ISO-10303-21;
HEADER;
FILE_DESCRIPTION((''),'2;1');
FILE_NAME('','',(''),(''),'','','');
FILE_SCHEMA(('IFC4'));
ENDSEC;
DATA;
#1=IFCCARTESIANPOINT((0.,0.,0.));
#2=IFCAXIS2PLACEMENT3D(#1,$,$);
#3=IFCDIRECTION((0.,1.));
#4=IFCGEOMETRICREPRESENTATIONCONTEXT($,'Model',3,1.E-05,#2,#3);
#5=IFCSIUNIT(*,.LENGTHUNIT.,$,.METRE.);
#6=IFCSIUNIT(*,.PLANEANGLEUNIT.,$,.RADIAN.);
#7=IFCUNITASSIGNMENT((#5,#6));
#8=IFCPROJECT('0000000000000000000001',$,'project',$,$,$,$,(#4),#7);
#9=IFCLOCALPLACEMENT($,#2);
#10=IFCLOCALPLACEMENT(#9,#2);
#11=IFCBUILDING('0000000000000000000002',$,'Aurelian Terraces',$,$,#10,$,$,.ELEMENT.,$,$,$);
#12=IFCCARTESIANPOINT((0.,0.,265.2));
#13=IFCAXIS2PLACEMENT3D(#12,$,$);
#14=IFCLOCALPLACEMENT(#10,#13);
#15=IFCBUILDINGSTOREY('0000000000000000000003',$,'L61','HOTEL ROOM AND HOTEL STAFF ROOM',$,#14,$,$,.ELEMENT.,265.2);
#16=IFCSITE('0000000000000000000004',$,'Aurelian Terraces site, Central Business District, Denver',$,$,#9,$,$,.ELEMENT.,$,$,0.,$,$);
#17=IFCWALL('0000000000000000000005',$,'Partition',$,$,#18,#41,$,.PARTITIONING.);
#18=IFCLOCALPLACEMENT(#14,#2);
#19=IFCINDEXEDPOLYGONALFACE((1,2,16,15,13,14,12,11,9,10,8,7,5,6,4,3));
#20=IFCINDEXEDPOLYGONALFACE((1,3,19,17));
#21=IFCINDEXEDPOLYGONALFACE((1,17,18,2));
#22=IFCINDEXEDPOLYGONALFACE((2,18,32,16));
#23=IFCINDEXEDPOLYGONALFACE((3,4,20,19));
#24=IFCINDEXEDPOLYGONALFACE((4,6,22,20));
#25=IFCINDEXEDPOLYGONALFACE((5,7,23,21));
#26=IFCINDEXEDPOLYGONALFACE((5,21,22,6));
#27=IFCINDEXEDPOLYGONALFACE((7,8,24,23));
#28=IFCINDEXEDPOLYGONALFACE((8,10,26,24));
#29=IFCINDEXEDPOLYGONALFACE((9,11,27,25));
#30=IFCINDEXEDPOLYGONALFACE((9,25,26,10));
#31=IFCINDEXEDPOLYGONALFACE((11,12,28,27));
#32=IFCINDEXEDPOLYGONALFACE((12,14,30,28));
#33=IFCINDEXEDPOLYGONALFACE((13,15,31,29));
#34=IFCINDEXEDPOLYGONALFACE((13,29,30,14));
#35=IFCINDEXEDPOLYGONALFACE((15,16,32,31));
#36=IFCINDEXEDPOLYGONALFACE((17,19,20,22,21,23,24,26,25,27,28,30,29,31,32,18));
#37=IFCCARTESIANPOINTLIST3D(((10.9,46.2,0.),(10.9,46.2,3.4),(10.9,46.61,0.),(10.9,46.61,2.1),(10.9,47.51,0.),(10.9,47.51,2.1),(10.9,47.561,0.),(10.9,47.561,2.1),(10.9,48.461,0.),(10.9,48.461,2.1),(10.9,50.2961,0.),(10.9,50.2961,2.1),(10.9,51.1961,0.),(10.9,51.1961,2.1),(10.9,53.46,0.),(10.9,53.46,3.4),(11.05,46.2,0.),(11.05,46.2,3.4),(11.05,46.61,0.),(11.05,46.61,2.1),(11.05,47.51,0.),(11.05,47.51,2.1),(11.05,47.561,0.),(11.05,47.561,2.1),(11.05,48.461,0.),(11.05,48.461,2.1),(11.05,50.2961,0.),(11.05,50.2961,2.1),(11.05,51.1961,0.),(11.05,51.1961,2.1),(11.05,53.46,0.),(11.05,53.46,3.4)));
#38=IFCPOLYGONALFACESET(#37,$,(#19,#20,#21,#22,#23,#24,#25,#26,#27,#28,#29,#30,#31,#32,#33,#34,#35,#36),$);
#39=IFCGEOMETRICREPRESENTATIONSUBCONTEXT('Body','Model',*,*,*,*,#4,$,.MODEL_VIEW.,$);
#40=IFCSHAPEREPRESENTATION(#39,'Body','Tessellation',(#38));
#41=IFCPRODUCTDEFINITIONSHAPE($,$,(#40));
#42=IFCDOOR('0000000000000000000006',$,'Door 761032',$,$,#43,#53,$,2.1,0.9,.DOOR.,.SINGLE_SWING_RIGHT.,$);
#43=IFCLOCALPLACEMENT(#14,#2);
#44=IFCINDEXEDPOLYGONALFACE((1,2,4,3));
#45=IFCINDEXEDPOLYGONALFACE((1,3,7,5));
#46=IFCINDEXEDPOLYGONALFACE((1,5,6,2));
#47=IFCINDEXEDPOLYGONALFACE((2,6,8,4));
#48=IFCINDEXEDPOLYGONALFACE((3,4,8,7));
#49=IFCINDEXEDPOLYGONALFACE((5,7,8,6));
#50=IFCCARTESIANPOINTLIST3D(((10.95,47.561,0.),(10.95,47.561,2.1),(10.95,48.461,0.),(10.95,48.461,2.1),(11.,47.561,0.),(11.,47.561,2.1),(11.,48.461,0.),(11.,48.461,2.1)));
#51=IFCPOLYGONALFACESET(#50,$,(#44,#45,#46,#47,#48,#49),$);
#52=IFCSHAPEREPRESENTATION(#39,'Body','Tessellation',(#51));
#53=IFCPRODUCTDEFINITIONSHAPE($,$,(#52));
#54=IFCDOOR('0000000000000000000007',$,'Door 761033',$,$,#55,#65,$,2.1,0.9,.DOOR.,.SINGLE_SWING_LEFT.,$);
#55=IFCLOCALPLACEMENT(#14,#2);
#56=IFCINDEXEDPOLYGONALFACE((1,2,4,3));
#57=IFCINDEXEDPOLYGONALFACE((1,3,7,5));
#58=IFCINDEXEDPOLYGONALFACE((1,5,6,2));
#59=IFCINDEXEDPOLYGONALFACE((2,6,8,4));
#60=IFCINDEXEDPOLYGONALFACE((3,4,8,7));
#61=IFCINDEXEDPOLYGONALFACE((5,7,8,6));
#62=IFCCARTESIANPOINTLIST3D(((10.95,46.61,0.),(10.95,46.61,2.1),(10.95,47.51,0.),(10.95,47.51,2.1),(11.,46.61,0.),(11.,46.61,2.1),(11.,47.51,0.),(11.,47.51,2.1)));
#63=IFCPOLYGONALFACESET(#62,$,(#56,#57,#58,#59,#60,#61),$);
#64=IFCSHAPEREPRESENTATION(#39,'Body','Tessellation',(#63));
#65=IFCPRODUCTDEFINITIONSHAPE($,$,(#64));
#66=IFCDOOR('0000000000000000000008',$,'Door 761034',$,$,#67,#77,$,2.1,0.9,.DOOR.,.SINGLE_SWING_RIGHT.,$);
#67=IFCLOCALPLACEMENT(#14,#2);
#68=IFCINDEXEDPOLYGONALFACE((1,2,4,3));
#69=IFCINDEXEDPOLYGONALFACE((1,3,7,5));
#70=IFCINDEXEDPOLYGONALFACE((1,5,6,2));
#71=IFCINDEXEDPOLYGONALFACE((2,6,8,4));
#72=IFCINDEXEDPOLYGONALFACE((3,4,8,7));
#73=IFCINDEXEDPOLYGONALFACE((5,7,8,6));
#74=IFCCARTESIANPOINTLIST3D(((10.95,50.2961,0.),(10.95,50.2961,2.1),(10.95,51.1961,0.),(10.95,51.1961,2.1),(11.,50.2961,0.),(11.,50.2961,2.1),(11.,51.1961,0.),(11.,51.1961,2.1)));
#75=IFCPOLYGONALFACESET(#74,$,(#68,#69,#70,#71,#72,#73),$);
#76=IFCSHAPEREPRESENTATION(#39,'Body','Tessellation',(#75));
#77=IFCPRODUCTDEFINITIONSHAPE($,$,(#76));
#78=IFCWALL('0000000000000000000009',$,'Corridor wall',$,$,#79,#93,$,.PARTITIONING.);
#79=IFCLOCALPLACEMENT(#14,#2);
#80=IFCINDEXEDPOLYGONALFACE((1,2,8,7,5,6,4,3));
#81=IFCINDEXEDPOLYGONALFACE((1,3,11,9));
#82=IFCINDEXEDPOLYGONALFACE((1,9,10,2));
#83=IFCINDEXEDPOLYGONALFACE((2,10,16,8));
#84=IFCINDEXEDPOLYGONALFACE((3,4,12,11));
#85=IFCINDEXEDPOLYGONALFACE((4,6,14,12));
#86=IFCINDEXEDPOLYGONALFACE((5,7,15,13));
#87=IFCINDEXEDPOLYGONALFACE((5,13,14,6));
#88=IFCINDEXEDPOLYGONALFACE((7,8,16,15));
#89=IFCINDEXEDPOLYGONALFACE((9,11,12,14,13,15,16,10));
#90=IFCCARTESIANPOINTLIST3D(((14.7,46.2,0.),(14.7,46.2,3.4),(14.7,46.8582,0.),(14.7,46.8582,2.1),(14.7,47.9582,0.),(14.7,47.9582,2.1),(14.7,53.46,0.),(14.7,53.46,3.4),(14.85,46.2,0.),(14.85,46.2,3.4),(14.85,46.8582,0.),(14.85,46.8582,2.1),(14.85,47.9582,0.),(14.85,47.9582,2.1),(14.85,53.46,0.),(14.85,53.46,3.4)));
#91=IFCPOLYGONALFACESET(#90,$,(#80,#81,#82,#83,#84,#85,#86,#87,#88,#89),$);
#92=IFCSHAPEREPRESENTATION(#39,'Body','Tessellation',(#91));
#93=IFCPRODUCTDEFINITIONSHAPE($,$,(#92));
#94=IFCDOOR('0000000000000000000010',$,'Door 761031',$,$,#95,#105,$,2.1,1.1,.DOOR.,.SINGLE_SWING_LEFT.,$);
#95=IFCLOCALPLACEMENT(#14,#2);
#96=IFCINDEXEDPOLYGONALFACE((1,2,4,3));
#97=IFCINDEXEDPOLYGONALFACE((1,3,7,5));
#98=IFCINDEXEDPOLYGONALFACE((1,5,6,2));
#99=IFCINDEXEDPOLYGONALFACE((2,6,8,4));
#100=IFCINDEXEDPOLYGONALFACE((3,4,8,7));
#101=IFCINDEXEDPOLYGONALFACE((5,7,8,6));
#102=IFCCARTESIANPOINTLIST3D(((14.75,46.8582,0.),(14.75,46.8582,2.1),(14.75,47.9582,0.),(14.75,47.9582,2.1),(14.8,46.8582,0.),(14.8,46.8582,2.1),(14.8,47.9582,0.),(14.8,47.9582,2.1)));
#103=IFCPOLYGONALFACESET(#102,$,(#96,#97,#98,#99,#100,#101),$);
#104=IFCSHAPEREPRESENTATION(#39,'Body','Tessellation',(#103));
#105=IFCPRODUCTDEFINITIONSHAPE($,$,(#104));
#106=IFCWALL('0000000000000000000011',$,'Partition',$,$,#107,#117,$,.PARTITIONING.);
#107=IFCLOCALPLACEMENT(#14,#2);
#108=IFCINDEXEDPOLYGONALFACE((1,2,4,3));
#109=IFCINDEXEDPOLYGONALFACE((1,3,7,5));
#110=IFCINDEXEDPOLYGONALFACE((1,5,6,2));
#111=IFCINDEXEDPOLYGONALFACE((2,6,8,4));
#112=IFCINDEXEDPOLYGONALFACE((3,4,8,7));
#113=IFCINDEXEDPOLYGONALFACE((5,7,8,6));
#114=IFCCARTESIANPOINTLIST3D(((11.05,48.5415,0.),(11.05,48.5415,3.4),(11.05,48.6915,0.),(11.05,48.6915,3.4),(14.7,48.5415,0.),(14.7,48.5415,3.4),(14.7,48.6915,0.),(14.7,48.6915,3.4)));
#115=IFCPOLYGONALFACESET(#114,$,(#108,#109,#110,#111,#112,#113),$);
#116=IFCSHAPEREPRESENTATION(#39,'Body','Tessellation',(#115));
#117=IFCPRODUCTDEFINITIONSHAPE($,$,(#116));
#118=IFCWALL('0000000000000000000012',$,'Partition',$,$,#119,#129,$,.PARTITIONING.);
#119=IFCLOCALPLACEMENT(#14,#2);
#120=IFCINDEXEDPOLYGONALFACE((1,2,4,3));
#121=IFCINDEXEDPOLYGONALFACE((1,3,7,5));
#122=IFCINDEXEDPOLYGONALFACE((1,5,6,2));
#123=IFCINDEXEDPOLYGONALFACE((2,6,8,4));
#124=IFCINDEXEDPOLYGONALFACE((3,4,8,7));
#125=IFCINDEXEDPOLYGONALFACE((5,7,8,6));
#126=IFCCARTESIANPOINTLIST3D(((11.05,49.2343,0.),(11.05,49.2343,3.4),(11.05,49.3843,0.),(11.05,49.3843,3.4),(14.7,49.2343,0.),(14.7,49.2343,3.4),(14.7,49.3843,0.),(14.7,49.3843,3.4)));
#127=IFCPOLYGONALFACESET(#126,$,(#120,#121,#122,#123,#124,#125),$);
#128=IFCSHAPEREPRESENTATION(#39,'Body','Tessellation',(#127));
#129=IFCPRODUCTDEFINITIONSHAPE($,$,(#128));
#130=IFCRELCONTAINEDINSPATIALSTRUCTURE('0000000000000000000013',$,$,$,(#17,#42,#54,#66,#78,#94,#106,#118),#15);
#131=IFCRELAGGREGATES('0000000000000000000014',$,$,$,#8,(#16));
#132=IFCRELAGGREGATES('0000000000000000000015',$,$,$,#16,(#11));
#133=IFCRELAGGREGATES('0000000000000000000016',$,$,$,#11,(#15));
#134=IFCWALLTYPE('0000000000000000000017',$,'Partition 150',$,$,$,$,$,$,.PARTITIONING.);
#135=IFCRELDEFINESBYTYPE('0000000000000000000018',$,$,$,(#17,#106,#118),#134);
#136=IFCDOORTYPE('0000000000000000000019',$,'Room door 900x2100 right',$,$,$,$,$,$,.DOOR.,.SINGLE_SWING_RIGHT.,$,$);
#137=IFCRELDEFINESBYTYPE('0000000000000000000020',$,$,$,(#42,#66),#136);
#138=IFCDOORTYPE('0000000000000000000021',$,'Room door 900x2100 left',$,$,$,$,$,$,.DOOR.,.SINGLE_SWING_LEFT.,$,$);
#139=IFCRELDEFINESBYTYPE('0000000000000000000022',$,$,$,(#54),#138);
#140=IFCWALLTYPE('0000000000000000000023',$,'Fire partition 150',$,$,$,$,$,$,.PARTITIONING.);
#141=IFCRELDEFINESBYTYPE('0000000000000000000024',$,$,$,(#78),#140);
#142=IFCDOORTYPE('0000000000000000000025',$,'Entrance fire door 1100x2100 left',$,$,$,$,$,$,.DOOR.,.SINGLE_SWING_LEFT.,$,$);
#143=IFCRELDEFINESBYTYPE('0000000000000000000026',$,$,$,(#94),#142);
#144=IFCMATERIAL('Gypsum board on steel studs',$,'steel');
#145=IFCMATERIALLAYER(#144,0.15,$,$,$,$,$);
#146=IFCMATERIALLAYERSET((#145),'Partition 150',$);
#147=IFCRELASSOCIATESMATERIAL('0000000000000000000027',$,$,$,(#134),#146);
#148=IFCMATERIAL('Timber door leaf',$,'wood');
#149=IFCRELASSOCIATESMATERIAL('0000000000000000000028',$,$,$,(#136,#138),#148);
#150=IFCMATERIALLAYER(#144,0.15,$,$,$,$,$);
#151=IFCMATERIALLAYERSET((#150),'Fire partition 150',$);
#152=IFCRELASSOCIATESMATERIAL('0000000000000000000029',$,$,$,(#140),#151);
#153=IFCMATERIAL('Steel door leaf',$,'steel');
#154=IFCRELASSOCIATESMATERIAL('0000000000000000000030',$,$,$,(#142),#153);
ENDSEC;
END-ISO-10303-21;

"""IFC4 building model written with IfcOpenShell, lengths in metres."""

from ifc_helpers import new_model, si_unit, direction, frame, frame_2d, origin, place, context, subcontext, project, spatial, rectangle, extrude, source, transform, mapped, material, layer, layer_set, type_object, element, fill, save


model = new_model("IFC4")

# Units and contexts
model_context = context("Model", 3, precision=1e-05, world=origin(), true_north=direction((0.0, 1.0)))
body_context = subcontext(model_context, "Body", "Model", "MODEL_VIEW")
ifc_project = project(units=[si_unit("LENGTHUNIT", "METRE"), si_unit("PLANEANGLEUNIT", "RADIAN")], contexts=[model_context])

# Site, building, storey
site_placement = place(None, origin())
site = spatial("IfcSite", under=ifc_project, at=site_placement, Name="Aurelian Terraces site, Central Business District, Denver", CompositionType="ELEMENT", RefElevation=0.0)
building_placement = place(site_placement, origin())
building = spatial("IfcBuilding", under=site, at=building_placement, Name="Aurelian Terraces", CompositionType="ELEMENT")
storey_placement = place(building_placement, frame((0.0, 0.0, 265.2)))
storey = spatial("IfcBuildingStorey", under=building, at=storey_placement, Name="L61", Description="HOTEL ROOM AND HOTEL STAFF ROOM", CompositionType="ELEMENT", Elevation=265.2)

# Shared definitions
ifc_material_1 = material(Name="Gypsum board on steel studs", Category="steel")
ifc_layer_1 = layer(ifc_material_1, 0.15)
ifc_layer_set_1 = layer_set([ifc_layer_1], Name="Partition 150")
wall_type_1 = type_object("IfcWallType", Name="Partition 150", PredefinedType="PARTITIONING", material=ifc_layer_set_1)

# Wall, openings, doors
shared_shape_1 = source(origin(), body_context, "Body", "SweptSolid", [
    extrude(rectangle(XDim=7.26, YDim=0.15, at=frame_2d((3.63, 0.0))), origin(), (0.0, 0.0, 1.0), 3.4),
])
wall_1_placement = place(storey_placement, frame((10.975, 46.2, 0.0), z_axis=(0.0, 0.0, 1.0), x_axis=(0.0, 1.0, 0.0)))
wall_1 = element("IfcWall", 1, at=wall_1_placement, inside=storey, type_object=wall_type_1, Name="Partition", PredefinedType="PARTITIONING", context=body_context, shape_type="MappedRepresentation", body=[
    mapped(shared_shape_1, transform((0.0, 0.0, 0.0), scale=1.0)),
])
shared_shape_2 = source(origin(), body_context, "Body", "SweptSolid", [
    extrude(rectangle(XDim=0.9, YDim=2.1, at=frame_2d((0.45, 1.05))), frame((0.0, 0.085, 0.0), z_axis=(0.0, -1.0, 0.0), x_axis=(1.0, 0.0, 0.0)), (0.0, 0.0, 1.0), 0.17),
])
opening_1_placement = place(wall_1_placement, frame((1.361, 0.0, 0.0)))
opening_1 = element("IfcOpeningElement", 2, at=opening_1_placement, cuts=wall_1, PredefinedType="OPENING", context=body_context, shape_type="MappedRepresentation", body=[
    mapped(shared_shape_2, transform((0.0, 0.0, 0.0), scale=1.0)),
])
opening_2_placement = place(wall_1_placement, frame((0.41, 0.0, 0.0)))
opening_2 = element("IfcOpeningElement", 3, at=opening_2_placement, cuts=wall_1, PredefinedType="OPENING", context=body_context, shape_type="MappedRepresentation", body=[
    mapped(shared_shape_2, transform((0.0, 0.0, 0.0), scale=1.0)),
])
opening_3_placement = place(wall_1_placement, frame((4.0961, 0.0, 0.0)))
opening_3 = element("IfcOpeningElement", 4, at=opening_3_placement, cuts=wall_1, PredefinedType="OPENING", context=body_context, shape_type="MappedRepresentation", body=[
    mapped(shared_shape_2, transform((0.0, 0.0, 0.0), scale=1.0)),
])
ifc_material_2 = material(Name="Timber door leaf", Category="wood")
door_type_1 = type_object("IfcDoorType", Name="Room door 900x2100 right", OperationType="SINGLE_SWING_RIGHT", PredefinedType="DOOR", material=ifc_material_2)
shared_shape_3 = source(origin(), body_context, "Body", "SweptSolid", [
    extrude(rectangle(XDim=0.9, YDim=2.1, at=frame_2d((0.45, 1.05))), frame((0.0, 0.025, 0.0), z_axis=(0.0, -1.0, 0.0), x_axis=(1.0, 0.0, 0.0)), (0.0, 0.0, 1.0), 0.05),
])
door_1_placement = place(opening_1_placement, origin())
door_1 = element("IfcDoor", 5, at=door_1_placement, inside=storey, type_object=door_type_1, Name="Door 761032", OperationType="SINGLE_SWING_RIGHT", OverallHeight=2.1, OverallWidth=0.9, PredefinedType="DOOR", context=body_context, shape_type="MappedRepresentation", body=[
    mapped(shared_shape_3, transform((0.0, 0.0, 0.0), scale=1.0)),
])
fill(opening_1, door_1)
door_type_2 = type_object("IfcDoorType", Name="Room door 900x2100 left", OperationType="SINGLE_SWING_LEFT", PredefinedType="DOOR", material=ifc_material_2)
door_2_placement = place(opening_2_placement, origin())
door_2 = element("IfcDoor", 6, at=door_2_placement, inside=storey, type_object=door_type_2, Name="Door 761033", OperationType="SINGLE_SWING_LEFT", OverallHeight=2.1, OverallWidth=0.9, PredefinedType="DOOR", context=body_context, shape_type="MappedRepresentation", body=[
    mapped(shared_shape_3, transform((0.0, 0.0, 0.0), scale=1.0)),
])
fill(opening_2, door_2)
door_3_placement = place(opening_3_placement, origin())
door_3 = element("IfcDoor", 7, at=door_3_placement, inside=storey, type_object=door_type_1, Name="Door 761034", OperationType="SINGLE_SWING_RIGHT", OverallHeight=2.1, OverallWidth=0.9, PredefinedType="DOOR", context=body_context, shape_type="MappedRepresentation", body=[
    mapped(shared_shape_3, transform((0.0, 0.0, 0.0), scale=1.0)),
])
fill(opening_3, door_3)

# Wall, opening, door
ifc_layer_2 = layer(ifc_material_1, 0.15)
ifc_layer_set_2 = layer_set([ifc_layer_2], Name="Fire partition 150")
wall_type_2 = type_object("IfcWallType", Name="Fire partition 150", PredefinedType="PARTITIONING", material=ifc_layer_set_2)
wall_2_placement = place(storey_placement, frame((14.775, 46.2, 0.0), z_axis=(0.0, 0.0, 1.0), x_axis=(0.0, 1.0, 0.0)))
wall_2 = element("IfcWall", 8, at=wall_2_placement, inside=storey, type_object=wall_type_2, Name="Corridor wall", PredefinedType="PARTITIONING", context=body_context, shape_type="MappedRepresentation", body=[
    mapped(shared_shape_1, transform((0.0, 0.0, 0.0), scale=1.0)),
])
shared_shape_4 = source(origin(), body_context, "Body", "SweptSolid", [
    extrude(rectangle(XDim=1.1, YDim=2.1, at=frame_2d((0.55, 1.05))), frame((0.0, 0.085, 0.0), z_axis=(0.0, -1.0, 0.0), x_axis=(1.0, 0.0, 0.0)), (0.0, 0.0, 1.0), 0.17),
])
opening_4_placement = place(wall_2_placement, frame((0.6582, 0.0, 0.0)))
opening_4 = element("IfcOpeningElement", 9, at=opening_4_placement, cuts=wall_2, PredefinedType="OPENING", context=body_context, shape_type="MappedRepresentation", body=[
    mapped(shared_shape_4, transform((0.0, 0.0, 0.0), scale=1.0)),
])
ifc_material_3 = material(Name="Steel door leaf", Category="steel")
door_type_3 = type_object("IfcDoorType", Name="Entrance fire door 1100x2100 left", OperationType="SINGLE_SWING_LEFT", PredefinedType="DOOR", material=ifc_material_3)
shared_shape_5 = source(origin(), body_context, "Body", "SweptSolid", [
    extrude(rectangle(XDim=1.1, YDim=2.1, at=frame_2d((0.55, 1.05))), frame((0.0, 0.025, 0.0), z_axis=(0.0, -1.0, 0.0), x_axis=(1.0, 0.0, 0.0)), (0.0, 0.0, 1.0), 0.05),
])
door_4_placement = place(opening_4_placement, origin())
door_4 = element("IfcDoor", 10, at=door_4_placement, inside=storey, type_object=door_type_3, Name="Door 761031", OperationType="SINGLE_SWING_LEFT", OverallHeight=2.1, OverallWidth=1.1, PredefinedType="DOOR", context=body_context, shape_type="MappedRepresentation", body=[
    mapped(shared_shape_5, transform((0.0, 0.0, 0.0), scale=1.0)),
])
fill(opening_4, door_4)

# Walls
shared_shape_6 = source(origin(), body_context, "Body", "SweptSolid", [
    extrude(rectangle(XDim=3.65, YDim=0.15, at=frame_2d((1.825, 0.0))), origin(), (0.0, 0.0, 1.0), 3.4),
])
for number, where, z_axis, x_axis, name in (
    (11, (14.7, 48.6165, 0.0), (0.0, 0.0, 1.0), (-1.0, 0.0, 0.0), "Partition"),
    (12, (14.7, 49.3093, 0.0), (0.0, 0.0, 1.0), (-1.0, 0.0, 0.0), "Partition"),
):
    element("IfcWall", number, at=place(storey_placement, frame(where, z_axis=z_axis, x_axis=x_axis)), inside=storey, type_object=wall_type_1, Name=name, PredefinedType="PARTITIONING", context=body_context, shape_type="MappedRepresentation", body=[
        mapped(shared_shape_6, transform((0.0, 0.0, 0.0), scale=1.0)),
    ])

save(model, "model.ifc")
